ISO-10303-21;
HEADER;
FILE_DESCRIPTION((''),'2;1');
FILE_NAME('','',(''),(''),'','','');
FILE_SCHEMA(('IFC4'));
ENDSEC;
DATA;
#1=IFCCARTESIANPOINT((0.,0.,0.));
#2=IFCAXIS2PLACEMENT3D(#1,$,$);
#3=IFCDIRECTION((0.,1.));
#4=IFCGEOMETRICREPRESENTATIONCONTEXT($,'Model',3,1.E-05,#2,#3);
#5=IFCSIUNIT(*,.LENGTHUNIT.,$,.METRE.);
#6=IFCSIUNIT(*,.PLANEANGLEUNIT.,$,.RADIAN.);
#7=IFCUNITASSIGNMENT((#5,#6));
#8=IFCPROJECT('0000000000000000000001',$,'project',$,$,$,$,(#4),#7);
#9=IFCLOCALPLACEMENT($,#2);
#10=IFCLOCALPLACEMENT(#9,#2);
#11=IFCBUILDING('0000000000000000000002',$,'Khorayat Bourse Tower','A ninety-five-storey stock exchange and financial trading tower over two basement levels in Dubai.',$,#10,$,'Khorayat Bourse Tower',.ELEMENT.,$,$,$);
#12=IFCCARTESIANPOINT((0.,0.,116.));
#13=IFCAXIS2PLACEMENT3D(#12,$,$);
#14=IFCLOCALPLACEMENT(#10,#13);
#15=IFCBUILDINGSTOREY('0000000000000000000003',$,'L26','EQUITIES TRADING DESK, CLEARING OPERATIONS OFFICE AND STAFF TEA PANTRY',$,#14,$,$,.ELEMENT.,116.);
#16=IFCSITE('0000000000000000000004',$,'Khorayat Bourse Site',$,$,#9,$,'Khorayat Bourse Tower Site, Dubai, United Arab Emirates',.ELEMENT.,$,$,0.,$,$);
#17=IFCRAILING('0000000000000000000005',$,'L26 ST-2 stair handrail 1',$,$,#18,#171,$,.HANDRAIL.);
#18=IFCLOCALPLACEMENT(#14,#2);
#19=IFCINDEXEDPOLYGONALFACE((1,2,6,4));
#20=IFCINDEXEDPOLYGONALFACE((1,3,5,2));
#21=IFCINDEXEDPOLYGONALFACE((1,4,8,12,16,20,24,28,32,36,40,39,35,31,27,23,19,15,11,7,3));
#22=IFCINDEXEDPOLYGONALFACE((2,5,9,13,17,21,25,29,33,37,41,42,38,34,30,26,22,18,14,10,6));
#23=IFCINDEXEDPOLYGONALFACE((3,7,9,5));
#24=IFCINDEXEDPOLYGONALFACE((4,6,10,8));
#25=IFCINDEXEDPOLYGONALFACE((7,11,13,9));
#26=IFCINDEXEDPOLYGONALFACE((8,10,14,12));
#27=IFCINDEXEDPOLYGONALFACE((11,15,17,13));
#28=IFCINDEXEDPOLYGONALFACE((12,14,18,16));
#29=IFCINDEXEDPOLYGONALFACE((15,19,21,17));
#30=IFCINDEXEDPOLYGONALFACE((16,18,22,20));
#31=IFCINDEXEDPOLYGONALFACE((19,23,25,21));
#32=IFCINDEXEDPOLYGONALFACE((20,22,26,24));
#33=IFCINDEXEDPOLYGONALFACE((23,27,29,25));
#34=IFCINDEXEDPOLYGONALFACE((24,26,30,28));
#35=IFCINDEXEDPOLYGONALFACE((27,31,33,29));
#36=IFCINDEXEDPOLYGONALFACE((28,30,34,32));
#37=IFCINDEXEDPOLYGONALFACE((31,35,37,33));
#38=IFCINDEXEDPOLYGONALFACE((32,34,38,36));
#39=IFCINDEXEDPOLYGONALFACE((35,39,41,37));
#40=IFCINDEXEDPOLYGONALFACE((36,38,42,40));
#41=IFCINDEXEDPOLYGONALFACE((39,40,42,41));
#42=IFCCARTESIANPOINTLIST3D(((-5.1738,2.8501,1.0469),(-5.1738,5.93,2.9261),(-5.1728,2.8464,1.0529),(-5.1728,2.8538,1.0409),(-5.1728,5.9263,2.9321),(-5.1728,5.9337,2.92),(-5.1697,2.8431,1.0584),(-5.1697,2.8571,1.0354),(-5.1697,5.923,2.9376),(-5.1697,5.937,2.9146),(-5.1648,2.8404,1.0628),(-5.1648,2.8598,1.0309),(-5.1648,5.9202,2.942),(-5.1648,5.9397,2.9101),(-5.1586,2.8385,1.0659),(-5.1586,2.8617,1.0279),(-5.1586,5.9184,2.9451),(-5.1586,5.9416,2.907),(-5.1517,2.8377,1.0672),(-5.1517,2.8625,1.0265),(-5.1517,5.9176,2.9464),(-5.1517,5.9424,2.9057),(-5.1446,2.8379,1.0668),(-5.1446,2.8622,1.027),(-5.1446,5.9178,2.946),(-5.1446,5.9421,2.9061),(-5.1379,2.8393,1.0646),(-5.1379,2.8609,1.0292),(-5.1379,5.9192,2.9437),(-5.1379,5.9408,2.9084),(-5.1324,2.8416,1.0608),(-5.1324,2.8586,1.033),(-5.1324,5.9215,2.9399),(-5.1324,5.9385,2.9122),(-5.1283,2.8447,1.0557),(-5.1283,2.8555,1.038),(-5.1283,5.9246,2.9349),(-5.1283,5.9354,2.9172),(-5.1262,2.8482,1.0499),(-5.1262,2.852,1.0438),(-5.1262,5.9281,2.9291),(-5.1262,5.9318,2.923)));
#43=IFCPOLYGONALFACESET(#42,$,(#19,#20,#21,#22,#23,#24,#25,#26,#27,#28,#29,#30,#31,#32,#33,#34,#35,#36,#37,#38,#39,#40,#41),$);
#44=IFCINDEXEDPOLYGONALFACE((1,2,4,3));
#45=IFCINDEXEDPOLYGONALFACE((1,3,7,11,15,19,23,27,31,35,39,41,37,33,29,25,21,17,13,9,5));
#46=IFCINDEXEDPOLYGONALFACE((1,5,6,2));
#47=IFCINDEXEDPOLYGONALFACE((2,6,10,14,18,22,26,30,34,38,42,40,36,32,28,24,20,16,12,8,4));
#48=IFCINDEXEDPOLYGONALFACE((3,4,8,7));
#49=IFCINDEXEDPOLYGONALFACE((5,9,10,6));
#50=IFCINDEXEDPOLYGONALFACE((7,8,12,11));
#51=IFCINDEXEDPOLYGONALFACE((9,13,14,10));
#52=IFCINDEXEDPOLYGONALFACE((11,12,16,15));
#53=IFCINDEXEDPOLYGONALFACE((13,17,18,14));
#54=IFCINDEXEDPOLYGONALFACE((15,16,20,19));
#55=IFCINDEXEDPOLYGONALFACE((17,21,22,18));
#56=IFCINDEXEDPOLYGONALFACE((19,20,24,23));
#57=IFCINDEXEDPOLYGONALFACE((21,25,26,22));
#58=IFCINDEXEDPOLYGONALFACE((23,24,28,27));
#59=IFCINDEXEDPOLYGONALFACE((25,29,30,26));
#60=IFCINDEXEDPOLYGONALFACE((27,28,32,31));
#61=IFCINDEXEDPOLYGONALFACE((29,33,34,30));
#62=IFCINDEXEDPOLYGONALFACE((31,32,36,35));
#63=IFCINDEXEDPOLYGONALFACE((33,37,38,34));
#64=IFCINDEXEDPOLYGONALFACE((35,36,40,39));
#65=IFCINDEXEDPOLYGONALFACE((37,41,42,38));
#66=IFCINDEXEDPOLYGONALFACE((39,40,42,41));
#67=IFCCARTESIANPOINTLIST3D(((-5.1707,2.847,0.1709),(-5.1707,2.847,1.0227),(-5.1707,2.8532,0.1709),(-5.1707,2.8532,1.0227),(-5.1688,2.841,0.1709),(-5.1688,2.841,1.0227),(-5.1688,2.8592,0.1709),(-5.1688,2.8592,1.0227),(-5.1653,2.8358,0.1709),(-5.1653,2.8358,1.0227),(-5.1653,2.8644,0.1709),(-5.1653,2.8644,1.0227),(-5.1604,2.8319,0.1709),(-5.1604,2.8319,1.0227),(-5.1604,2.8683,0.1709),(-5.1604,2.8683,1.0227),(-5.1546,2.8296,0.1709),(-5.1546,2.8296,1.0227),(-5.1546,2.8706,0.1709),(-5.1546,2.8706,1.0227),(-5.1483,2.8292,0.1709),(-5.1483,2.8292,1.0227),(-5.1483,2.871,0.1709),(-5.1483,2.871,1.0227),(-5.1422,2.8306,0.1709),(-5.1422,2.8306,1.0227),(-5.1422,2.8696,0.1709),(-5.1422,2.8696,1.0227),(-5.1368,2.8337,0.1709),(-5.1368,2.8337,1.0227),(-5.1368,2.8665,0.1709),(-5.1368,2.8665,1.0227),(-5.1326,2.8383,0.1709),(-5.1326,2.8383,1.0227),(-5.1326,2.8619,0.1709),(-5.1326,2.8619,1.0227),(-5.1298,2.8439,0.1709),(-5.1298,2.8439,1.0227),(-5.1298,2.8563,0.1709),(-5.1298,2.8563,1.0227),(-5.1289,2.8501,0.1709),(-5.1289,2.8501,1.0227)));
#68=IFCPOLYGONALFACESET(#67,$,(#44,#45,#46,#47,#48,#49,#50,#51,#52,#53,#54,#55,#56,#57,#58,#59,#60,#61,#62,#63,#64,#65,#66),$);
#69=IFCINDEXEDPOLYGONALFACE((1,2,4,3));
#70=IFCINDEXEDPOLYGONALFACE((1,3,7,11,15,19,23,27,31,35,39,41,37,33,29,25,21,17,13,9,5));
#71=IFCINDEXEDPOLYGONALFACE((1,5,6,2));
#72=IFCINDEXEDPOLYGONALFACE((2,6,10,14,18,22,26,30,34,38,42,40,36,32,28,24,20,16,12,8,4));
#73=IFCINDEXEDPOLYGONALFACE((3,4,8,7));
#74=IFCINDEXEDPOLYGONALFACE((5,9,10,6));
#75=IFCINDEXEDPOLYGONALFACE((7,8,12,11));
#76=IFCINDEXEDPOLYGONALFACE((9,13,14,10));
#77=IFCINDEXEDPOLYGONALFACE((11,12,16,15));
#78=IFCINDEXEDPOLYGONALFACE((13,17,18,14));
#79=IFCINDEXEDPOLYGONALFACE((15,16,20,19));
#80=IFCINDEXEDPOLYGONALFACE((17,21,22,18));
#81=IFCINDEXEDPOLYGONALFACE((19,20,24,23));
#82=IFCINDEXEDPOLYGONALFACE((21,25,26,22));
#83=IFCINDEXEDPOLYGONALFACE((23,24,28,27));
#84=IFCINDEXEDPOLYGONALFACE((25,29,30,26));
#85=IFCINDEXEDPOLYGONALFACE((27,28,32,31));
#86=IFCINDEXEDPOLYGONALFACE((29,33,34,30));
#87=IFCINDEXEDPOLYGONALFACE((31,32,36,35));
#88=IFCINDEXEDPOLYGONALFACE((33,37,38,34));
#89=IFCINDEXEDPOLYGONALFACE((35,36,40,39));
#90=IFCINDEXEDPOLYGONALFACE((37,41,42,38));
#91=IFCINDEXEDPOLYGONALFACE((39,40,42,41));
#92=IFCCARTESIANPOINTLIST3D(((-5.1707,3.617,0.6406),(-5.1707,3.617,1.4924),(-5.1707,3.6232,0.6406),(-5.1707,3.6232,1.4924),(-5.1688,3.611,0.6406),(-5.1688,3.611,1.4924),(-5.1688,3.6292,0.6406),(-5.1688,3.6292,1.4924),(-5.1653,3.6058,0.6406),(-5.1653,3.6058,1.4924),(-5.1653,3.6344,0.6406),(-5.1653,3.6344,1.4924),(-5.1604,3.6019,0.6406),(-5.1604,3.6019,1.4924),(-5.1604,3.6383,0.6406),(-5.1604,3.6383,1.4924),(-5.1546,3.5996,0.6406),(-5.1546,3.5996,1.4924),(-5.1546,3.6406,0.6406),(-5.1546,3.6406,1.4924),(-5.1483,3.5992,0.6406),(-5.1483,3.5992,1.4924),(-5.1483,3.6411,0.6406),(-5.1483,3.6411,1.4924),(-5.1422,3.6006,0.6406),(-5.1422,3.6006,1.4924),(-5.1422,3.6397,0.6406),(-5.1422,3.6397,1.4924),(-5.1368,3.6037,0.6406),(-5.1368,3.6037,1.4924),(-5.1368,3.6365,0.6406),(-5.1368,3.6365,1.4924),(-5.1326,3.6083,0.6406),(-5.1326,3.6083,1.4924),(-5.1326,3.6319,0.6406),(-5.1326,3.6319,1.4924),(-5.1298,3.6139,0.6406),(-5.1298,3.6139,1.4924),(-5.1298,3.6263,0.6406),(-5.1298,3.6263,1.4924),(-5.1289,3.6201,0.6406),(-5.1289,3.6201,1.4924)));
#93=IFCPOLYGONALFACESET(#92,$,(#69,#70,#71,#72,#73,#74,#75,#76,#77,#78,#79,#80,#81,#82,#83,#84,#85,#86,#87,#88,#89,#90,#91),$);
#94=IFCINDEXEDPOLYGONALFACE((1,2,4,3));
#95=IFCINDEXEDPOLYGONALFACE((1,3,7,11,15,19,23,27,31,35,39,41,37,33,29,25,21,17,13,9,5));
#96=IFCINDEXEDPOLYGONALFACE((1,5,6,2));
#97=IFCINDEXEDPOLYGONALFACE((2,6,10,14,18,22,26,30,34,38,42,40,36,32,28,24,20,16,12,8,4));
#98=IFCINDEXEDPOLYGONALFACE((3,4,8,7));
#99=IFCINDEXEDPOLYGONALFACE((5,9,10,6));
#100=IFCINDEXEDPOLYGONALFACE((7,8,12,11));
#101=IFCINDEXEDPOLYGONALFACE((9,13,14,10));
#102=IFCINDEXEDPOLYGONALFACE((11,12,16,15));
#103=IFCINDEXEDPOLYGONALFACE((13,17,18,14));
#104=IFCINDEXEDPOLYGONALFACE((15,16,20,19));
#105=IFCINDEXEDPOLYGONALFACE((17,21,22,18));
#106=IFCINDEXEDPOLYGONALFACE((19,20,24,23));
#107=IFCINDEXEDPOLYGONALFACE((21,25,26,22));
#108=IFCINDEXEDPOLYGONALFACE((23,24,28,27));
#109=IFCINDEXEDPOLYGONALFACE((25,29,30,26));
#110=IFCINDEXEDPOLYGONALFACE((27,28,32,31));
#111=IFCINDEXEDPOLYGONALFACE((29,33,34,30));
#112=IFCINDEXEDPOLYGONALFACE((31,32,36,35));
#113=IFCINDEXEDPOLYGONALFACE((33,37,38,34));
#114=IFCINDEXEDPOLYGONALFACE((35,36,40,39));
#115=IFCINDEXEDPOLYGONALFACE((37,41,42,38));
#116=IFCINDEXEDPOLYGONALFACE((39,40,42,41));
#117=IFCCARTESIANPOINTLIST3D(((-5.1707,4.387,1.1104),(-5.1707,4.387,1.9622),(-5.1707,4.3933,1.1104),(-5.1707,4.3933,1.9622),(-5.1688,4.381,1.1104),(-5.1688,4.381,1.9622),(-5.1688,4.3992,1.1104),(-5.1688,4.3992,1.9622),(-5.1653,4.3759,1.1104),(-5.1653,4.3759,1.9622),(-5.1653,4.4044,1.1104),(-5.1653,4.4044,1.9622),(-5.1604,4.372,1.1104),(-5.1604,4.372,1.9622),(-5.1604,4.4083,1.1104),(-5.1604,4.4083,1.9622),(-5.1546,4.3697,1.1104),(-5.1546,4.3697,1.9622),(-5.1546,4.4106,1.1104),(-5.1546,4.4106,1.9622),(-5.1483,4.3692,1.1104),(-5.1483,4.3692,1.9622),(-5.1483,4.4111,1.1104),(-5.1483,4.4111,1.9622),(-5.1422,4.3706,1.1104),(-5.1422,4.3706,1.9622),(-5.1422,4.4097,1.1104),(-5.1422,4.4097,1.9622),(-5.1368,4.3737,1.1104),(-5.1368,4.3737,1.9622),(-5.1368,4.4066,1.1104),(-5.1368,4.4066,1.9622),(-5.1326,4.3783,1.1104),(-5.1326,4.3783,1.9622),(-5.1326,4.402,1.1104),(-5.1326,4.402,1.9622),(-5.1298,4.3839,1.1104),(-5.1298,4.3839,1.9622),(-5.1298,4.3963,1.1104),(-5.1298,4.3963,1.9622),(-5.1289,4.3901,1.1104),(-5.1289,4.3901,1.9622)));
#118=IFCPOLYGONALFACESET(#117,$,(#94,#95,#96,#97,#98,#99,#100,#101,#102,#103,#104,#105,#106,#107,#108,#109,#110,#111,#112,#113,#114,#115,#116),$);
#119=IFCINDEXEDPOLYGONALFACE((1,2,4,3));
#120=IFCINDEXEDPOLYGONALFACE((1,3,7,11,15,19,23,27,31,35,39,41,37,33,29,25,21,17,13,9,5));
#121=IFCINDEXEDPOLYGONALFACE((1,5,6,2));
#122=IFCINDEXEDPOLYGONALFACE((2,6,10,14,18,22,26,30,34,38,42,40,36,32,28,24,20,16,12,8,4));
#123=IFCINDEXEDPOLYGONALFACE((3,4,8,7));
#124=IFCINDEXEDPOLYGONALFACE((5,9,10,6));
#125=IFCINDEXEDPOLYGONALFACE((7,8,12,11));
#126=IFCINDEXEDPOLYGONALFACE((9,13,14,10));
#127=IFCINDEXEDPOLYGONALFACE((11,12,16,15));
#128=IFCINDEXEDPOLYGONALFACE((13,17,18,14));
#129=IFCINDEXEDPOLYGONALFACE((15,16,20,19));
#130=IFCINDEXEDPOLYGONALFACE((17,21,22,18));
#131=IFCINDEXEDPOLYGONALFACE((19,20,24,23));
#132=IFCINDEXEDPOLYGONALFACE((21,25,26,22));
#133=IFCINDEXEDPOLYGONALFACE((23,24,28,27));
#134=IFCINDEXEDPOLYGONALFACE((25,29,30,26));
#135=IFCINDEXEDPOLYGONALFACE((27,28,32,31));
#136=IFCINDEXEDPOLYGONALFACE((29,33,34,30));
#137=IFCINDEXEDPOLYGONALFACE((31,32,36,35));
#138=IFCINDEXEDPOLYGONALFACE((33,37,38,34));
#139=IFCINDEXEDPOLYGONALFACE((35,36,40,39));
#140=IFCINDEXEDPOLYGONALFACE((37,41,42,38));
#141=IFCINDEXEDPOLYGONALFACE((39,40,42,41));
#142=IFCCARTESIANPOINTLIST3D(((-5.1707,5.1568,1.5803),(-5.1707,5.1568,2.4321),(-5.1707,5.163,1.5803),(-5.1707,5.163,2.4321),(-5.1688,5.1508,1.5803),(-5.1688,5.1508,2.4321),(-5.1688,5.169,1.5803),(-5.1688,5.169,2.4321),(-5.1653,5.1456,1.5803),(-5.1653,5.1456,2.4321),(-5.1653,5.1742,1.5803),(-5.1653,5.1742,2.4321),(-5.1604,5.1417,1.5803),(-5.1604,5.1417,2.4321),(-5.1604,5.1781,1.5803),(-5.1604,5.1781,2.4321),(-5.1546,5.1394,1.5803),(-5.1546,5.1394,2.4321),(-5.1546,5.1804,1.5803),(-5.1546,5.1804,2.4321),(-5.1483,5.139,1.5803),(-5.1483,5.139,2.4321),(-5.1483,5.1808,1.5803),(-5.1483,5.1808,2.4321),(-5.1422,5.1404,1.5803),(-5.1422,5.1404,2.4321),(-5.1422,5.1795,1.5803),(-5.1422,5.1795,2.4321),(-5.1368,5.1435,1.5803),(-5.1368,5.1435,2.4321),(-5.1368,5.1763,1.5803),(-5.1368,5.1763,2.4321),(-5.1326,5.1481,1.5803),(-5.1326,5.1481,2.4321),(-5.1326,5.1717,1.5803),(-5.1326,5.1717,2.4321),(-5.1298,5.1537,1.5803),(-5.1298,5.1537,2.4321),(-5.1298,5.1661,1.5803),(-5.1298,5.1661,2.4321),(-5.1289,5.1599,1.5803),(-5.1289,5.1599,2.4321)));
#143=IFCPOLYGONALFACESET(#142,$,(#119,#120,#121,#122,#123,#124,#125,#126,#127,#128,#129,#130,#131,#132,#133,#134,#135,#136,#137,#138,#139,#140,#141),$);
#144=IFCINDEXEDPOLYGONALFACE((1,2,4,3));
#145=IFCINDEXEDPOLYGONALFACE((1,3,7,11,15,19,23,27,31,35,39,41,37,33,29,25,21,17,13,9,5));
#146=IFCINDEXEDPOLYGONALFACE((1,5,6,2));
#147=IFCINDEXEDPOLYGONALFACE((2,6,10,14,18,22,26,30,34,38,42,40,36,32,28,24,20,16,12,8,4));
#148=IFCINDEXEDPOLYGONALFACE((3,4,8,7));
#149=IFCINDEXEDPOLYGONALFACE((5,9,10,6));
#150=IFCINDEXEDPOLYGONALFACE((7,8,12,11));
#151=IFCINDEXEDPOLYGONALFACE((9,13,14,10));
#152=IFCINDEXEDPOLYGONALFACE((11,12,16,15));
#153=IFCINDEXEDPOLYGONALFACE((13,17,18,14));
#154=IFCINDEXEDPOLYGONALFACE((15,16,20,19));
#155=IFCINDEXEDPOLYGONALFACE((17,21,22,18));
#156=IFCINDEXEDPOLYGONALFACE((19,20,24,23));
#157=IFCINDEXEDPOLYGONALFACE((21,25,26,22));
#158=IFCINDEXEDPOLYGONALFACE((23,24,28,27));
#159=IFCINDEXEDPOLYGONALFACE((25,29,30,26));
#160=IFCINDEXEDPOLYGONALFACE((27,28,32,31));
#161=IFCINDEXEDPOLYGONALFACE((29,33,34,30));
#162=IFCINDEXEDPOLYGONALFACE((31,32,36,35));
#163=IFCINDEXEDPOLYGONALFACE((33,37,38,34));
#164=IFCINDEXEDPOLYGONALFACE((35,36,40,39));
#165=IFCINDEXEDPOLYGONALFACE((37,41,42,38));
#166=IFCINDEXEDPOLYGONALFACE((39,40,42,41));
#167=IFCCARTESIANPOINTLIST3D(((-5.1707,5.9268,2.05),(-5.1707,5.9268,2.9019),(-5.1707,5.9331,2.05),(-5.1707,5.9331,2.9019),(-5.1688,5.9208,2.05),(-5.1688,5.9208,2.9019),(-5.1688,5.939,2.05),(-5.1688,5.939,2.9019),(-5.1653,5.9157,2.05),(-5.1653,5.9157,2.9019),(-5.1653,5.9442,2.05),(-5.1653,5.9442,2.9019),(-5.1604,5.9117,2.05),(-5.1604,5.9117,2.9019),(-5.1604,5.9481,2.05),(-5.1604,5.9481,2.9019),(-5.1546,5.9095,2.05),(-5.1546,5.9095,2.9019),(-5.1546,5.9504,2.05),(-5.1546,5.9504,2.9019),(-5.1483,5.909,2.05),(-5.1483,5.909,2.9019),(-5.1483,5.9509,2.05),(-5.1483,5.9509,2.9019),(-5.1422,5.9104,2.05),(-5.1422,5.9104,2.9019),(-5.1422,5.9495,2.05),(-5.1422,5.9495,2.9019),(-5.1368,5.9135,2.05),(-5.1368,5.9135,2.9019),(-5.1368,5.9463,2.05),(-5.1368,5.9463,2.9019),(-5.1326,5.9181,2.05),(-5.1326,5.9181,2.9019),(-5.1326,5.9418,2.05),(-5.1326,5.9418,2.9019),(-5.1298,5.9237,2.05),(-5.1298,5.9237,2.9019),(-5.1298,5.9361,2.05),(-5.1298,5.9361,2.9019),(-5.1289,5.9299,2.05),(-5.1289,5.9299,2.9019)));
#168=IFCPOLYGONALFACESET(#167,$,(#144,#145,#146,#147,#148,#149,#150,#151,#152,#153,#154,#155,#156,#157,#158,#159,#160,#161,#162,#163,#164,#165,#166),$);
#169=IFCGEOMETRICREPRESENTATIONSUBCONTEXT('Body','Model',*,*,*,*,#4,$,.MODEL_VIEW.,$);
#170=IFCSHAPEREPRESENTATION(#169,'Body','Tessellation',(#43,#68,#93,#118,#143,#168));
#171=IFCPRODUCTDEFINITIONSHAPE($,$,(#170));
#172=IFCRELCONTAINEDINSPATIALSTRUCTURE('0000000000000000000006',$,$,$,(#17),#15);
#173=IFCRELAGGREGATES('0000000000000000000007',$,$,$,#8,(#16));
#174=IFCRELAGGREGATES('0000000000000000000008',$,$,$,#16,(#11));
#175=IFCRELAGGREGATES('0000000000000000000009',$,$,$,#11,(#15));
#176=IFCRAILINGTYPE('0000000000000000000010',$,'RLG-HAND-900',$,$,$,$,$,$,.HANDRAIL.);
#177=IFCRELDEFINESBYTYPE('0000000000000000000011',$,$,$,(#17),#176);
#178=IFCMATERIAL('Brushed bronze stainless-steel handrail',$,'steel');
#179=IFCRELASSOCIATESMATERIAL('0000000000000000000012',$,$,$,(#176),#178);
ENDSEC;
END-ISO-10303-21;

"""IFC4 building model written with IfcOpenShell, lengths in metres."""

from ifc_helpers import new_model, si_unit, direction, frame, origin, origin_2d, place, context, subcontext, project, spatial, circle, extrude, source, transform, mapped, material, type_object, element, save


model = new_model("IFC4")

# Units and contexts
model_context = context("Model", 3, precision=1e-05, world=origin(), true_north=direction((0.0, 1.0)))
body_context = subcontext(model_context, "Body", "Model", "MODEL_VIEW")
ifc_project = project(units=[si_unit("LENGTHUNIT", "METRE"), si_unit("PLANEANGLEUNIT", "RADIAN")], contexts=[model_context])

# Site, building, storey
site_placement = place(None, origin())
site = spatial("IfcSite", under=ifc_project, at=site_placement, Name="Khorayat Bourse Site", LongName="Khorayat Bourse Tower Site, Dubai, United Arab Emirates", CompositionType="ELEMENT", RefElevation=0.0)
building_placement = place(site_placement, origin())
building = spatial("IfcBuilding", under=site, at=building_placement, Name="Khorayat Bourse Tower", Description="A ninety-five-storey stock exchange and financial trading tower over two basement levels in Dubai.", LongName="Khorayat Bourse Tower", CompositionType="ELEMENT")
storey_placement = place(building_placement, frame((0.0, 0.0, 116.0)))
storey = spatial("IfcBuildingStorey", under=building, at=storey_placement, Name="L26", Description="EQUITIES TRADING DESK, CLEARING OPERATIONS OFFICE AND STAFF TEA PANTRY", CompositionType="ELEMENT", Elevation=116.0)

# Railing
ifc_material_1 = material(Name="Brushed bronze stainless-steel handrail", Category="steel")
railing_type_1 = type_object("IfcRailingType", Name="RLG-HAND-900", PredefinedType="HANDRAIL", material=ifc_material_1)
shared_shape_1 = source(origin(), body_context, "Body", "SweptSolid", [
    extrude(circle(Radius=0.0239, at=origin_2d()), frame((0.0, 0.0, 0.876), z_axis=(0.0, 0.853648, 0.52085), x_axis=(-1.0, 0.0, 0.0)), (0.0, 0.0, 1.0), 3.6079),
    extrude(circle(Radius=0.021, at=origin_2d()), origin(), (0.0, 0.0, 1.0), 0.8518),
    extrude(circle(Radius=0.021, at=origin_2d()), frame((0.0, 0.77, 0.4697)), (0.0, 0.0, 1.0), 0.8518),
    extrude(circle(Radius=0.021, at=origin_2d()), frame((0.0, 1.54, 0.9395)), (0.0, 0.0, 1.0), 0.8518),
    extrude(circle(Radius=0.021, at=origin_2d()), frame((0.0, 2.3098, 1.4094)), (0.0, 0.0, 1.0), 0.8518),
    extrude(circle(Radius=0.021, at=origin_2d()), frame((0.0, 3.0798, 1.8792)), (0.0, 0.0, 1.0), 0.8518),
])
railing_1_placement = place(storey_placement, frame((-5.1499, 2.8501, 0.1709)))
element("IfcRailing", 1, at=railing_1_placement, inside=storey, type_object=railing_type_1, Name="L26 ST-2 stair handrail 1", PredefinedType="HANDRAIL", context=body_context, shape_type="MappedRepresentation", body=[
    mapped(shared_shape_1, transform((0.0, 0.0, 0.0), scale=1.0)),
])

save(model, "model.ifc")
